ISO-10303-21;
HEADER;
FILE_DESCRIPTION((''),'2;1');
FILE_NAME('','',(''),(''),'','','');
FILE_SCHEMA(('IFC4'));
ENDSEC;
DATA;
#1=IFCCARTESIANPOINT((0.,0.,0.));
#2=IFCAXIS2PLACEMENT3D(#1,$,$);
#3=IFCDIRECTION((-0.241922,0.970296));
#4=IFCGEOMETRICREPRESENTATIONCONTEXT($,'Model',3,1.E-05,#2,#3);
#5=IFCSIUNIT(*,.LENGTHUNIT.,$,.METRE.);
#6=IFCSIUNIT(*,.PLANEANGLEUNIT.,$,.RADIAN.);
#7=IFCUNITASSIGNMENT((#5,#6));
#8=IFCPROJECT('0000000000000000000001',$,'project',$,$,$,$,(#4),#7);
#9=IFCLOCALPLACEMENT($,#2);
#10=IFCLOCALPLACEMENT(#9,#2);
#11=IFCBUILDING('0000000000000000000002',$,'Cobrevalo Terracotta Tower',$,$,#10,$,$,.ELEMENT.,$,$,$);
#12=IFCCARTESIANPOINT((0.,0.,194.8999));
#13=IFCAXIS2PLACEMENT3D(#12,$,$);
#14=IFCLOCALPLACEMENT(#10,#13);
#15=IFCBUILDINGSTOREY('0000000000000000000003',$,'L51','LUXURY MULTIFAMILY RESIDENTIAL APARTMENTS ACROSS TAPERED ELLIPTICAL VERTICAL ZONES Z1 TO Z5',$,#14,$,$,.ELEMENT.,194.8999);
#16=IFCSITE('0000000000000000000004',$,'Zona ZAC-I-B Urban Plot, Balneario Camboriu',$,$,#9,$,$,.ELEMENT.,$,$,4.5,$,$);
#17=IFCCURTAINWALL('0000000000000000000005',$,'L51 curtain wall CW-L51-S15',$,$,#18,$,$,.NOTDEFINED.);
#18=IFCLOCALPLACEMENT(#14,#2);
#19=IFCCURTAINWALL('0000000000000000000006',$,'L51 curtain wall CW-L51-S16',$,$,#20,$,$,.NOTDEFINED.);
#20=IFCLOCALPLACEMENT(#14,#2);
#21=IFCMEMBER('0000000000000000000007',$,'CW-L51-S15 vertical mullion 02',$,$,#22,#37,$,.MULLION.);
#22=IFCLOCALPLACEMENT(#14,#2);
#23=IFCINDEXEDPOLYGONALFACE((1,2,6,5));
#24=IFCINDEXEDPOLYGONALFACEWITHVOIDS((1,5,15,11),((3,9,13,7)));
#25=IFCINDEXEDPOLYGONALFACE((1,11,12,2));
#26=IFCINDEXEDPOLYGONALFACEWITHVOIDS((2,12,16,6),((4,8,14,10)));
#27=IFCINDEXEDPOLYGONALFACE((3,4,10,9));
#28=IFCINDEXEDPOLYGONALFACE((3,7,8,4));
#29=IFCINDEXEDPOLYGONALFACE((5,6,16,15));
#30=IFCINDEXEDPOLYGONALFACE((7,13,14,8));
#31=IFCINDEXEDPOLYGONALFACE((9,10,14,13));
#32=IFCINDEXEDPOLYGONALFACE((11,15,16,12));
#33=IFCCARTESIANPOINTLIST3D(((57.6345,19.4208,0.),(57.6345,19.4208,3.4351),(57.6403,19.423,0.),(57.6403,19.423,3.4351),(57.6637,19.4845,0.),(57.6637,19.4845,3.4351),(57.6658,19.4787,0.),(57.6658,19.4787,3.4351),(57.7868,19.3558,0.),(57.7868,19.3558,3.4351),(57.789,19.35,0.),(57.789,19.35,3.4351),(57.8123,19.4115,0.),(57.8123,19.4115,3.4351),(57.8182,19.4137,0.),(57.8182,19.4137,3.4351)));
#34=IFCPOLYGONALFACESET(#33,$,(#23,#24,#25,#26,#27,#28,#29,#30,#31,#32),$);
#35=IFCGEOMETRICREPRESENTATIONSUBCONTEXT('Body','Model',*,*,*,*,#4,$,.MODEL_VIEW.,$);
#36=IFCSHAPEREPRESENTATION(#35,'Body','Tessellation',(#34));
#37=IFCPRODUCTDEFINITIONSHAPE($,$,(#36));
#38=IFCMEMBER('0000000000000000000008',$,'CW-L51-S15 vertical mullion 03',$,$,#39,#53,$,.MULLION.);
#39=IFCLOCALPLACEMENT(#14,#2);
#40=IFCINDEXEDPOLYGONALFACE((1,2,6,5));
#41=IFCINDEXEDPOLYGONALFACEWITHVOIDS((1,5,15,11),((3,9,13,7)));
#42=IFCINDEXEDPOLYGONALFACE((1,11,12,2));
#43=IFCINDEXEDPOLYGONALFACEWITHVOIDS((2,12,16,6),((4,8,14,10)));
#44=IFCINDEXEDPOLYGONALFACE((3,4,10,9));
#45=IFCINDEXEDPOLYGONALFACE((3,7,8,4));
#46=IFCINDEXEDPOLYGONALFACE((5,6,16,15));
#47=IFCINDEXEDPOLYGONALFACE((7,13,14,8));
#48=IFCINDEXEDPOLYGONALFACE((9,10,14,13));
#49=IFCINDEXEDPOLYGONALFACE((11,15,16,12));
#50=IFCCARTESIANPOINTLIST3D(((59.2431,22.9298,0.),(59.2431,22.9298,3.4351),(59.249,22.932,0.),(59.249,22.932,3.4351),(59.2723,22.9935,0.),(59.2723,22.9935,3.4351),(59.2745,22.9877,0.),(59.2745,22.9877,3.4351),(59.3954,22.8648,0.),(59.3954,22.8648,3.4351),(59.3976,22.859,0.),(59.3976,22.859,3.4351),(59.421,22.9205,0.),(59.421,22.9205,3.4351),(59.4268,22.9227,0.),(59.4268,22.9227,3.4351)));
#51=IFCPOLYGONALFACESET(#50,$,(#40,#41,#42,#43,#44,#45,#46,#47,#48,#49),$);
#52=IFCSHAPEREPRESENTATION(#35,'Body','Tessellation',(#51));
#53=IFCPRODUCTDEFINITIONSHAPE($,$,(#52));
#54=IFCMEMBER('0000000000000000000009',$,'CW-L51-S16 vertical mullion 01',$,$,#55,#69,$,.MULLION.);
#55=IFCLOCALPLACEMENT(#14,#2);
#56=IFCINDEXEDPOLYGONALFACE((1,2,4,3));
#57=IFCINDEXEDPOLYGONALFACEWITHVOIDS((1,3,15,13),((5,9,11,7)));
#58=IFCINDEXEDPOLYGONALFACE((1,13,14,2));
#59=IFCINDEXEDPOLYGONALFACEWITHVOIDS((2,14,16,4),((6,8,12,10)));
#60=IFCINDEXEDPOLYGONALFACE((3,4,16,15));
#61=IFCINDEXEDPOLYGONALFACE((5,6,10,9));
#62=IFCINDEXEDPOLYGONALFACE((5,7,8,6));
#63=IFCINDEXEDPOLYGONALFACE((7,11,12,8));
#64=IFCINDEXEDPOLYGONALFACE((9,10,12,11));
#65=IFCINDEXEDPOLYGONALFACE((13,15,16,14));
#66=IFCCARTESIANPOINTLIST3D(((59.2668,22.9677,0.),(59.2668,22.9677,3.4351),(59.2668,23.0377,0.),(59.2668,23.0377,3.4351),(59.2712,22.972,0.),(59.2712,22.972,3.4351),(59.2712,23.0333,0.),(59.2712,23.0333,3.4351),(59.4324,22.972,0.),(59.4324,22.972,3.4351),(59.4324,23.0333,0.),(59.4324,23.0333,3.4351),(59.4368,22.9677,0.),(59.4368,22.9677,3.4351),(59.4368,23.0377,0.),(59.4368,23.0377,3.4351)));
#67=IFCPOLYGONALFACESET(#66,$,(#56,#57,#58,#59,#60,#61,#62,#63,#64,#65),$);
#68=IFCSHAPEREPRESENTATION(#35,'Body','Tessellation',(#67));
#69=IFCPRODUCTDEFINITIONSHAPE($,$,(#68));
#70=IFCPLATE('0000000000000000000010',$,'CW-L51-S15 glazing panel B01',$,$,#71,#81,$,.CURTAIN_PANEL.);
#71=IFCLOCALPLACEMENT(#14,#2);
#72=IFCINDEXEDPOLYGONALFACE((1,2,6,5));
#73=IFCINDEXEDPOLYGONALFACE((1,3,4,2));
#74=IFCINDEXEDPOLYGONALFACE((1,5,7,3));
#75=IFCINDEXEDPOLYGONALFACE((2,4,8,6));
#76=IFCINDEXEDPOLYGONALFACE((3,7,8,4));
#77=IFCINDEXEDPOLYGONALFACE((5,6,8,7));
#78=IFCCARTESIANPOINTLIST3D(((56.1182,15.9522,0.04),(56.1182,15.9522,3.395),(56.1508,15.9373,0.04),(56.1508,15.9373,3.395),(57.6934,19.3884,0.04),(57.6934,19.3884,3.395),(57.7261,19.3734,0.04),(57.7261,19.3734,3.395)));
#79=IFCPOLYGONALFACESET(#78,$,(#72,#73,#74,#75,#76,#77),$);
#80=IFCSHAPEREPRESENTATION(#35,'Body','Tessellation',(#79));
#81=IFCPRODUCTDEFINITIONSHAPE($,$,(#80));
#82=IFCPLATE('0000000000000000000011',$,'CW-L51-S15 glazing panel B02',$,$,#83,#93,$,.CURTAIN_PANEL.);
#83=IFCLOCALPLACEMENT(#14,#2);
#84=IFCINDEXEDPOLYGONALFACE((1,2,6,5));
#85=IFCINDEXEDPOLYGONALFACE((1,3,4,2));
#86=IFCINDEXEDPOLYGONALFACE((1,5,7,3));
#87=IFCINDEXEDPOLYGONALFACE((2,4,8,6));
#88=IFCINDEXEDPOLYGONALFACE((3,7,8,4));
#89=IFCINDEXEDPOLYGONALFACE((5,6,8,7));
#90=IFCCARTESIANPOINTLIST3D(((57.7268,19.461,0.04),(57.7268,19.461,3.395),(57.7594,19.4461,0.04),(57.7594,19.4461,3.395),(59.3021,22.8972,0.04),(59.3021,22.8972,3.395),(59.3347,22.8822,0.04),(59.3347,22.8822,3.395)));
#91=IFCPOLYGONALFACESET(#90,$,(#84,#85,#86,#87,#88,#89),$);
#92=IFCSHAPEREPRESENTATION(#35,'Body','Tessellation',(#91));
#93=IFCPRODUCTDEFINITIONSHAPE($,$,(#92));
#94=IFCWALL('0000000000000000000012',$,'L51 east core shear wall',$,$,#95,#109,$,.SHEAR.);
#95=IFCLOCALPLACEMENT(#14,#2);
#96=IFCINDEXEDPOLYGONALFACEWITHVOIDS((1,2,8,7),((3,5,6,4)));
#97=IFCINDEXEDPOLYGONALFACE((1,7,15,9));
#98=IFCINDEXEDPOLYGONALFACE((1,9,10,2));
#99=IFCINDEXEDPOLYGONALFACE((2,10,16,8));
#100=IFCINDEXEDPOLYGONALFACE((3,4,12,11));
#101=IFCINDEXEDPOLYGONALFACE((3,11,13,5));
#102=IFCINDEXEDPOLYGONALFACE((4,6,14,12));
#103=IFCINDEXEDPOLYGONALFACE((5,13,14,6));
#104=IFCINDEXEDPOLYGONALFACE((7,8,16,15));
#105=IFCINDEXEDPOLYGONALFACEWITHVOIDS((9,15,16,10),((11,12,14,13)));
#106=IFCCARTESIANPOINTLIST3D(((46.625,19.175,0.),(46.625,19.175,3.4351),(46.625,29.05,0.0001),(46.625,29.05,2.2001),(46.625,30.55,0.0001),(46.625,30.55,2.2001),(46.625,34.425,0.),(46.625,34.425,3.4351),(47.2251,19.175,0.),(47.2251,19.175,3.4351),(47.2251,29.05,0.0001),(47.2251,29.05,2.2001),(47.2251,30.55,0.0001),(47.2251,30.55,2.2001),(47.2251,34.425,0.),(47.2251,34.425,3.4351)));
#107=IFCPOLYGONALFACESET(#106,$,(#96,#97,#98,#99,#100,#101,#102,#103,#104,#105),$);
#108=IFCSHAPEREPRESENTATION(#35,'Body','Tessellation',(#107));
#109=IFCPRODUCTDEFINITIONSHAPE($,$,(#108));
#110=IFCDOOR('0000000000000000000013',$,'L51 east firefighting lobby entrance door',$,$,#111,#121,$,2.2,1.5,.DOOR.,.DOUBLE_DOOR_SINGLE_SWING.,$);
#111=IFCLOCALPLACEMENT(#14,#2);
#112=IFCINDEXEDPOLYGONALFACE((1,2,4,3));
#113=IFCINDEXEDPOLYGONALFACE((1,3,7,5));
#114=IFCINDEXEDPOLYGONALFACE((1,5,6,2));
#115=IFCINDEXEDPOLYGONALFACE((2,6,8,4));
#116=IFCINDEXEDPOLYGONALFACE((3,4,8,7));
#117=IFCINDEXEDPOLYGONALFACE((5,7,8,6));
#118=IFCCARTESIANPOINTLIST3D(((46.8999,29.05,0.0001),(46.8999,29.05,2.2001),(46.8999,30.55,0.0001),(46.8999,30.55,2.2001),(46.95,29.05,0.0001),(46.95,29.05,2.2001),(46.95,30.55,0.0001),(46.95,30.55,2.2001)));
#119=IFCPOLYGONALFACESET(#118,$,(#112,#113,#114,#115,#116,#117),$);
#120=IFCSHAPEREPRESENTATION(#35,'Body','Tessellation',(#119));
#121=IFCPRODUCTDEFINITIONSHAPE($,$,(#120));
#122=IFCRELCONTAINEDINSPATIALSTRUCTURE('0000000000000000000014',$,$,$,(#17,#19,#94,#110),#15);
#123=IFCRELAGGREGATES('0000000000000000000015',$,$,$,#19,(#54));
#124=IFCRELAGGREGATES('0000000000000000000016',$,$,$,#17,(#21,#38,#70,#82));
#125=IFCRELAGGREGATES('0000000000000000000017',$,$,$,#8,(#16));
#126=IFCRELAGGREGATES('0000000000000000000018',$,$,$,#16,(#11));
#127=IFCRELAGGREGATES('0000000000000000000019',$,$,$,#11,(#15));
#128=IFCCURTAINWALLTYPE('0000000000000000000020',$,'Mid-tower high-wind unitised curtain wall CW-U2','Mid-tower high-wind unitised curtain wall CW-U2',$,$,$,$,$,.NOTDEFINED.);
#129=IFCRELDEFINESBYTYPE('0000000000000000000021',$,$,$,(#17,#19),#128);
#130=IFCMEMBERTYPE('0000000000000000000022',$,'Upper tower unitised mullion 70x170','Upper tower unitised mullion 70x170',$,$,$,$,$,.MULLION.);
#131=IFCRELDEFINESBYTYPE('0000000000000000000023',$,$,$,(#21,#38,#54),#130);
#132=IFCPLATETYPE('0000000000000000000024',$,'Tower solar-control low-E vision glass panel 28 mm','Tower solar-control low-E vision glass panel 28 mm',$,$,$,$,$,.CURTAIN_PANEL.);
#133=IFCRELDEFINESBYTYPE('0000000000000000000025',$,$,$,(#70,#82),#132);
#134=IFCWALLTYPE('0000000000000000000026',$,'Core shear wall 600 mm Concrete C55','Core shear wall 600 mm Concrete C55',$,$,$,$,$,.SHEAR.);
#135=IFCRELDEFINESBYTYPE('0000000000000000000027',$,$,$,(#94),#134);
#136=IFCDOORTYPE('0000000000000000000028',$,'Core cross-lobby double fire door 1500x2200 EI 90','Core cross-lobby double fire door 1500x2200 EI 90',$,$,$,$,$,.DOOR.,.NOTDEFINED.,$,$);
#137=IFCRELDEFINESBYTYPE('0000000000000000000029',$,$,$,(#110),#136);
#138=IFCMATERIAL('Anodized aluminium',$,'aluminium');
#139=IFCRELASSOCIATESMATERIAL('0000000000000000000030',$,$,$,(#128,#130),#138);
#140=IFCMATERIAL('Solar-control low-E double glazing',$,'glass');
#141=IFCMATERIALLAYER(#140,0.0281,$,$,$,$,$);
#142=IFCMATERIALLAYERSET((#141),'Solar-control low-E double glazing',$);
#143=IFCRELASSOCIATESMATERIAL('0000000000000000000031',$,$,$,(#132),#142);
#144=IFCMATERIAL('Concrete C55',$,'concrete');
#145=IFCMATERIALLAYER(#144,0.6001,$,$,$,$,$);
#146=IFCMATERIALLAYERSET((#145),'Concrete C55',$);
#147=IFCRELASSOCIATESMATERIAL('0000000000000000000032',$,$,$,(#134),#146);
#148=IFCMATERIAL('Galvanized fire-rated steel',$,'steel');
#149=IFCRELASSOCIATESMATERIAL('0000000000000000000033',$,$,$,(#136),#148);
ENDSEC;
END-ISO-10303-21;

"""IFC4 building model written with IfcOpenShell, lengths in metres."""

from ifc_helpers import new_model, si_unit, direction, frame, frame_2d, origin, origin_2d, place, context, subcontext, project, spatial, rectangle, hollow_rectangle, extrude, source, transform, mapped, material, layer, layer_set, material_profile, profile_set, type_object, element, fill, aggregate, save


model = new_model("IFC4")

# Units and contexts
model_context = context("Model", 3, precision=1e-05, world=origin(), true_north=direction((-0.241922, 0.970296)))
body_context = subcontext(model_context, "Body", "Model", "MODEL_VIEW")
ifc_project = project(units=[si_unit("LENGTHUNIT", "METRE"), si_unit("PLANEANGLEUNIT", "RADIAN")], contexts=[model_context])

# Site, building, storey
site_placement = place(None, origin())
site = spatial("IfcSite", under=ifc_project, at=site_placement, Name="Zona ZAC-I-B Urban Plot, Balneario Camboriu", CompositionType="ELEMENT", RefElevation=4.5)
building_placement = place(site_placement, origin())
building = spatial("IfcBuilding", under=site, at=building_placement, Name="Cobrevalo Terracotta Tower", CompositionType="ELEMENT")
storey_placement = place(building_placement, frame((0.0, 0.0, 194.8999)))
storey = spatial("IfcBuildingStorey", under=building, at=storey_placement, Name="L51", Description="LUXURY MULTIFAMILY RESIDENTIAL APARTMENTS ACROSS TAPERED ELLIPTICAL VERTICAL ZONES Z1 TO Z5", CompositionType="ELEMENT", Elevation=194.8999)

# Shared definitions
ifc_material_1 = material(Name="Concrete C55", Category="concrete")

# Curtain walls
ifc_material_2 = material(Name="Anodized aluminium", Category="aluminium")
curtain_wall_type = type_object("IfcCurtainWallType", Name="Mid-tower high-wind unitised curtain wall CW-U2", Description="Mid-tower high-wind unitised curtain wall CW-U2", PredefinedType="NOTDEFINED", material=ifc_material_2)
curtain_wall_1_placement = place(storey_placement, origin())
curtain_wall_1 = element("IfcCurtainWall", 1, at=curtain_wall_1_placement, inside=storey, type_object=curtain_wall_type, Name="L51 curtain wall CW-L51-S15", PredefinedType="NOTDEFINED")
curtain_wall_2_placement = place(storey_placement, origin())
curtain_wall_2 = element("IfcCurtainWall", 2, at=curtain_wall_2_placement, inside=storey, type_object=curtain_wall_type, Name="L51 curtain wall CW-L51-S16", PredefinedType="NOTDEFINED")

# Members
ifc_material_profile_1 = material_profile(ifc_material_2, hollow_rectangle(XDim=0.0701, YDim=0.1699, WallThickness=0.0044, at=origin_2d()), Name="CWM 70x170")
ifc_profile_set_1 = profile_set([ifc_material_profile_1], Name="Anodized aluminium")
member_type_1 = type_object("IfcMemberType", Name="Upper tower unitised mullion 70x170", Description="Upper tower unitised mullion 70x170", PredefinedType="MULLION", material=ifc_profile_set_1)
shared_shape_1 = source(origin(), body_context, "Body", "SweptSolid", [
    extrude(hollow_rectangle(XDim=0.0701, YDim=0.1699, WallThickness=0.0044, at=origin_2d()), origin(), (0.0, 0.0, 1.0), 3.4351),
])
member_1_placement = place(storey_placement, frame((57.7263, 19.4172, 0.0), z_axis=(0.0, 0.0, 1.0), x_axis=(0.416725, 0.909033, 0.0)))
member_1 = element("IfcMember", 3, at=member_1_placement, type_object=member_type_1, Name="CW-L51-S15 vertical mullion 02", PredefinedType="MULLION", context=body_context, shape_type="MappedRepresentation", body=[
    mapped(shared_shape_1, transform((0.0, 0.0, 0.0), scale=1.0)),
])
member_2_placement = place(storey_placement, frame((59.335, 22.9263, 0.0), z_axis=(0.0, 0.0, 1.0), x_axis=(0.416725, 0.909033, 0.0)))
member_2 = element("IfcMember", 4, at=member_2_placement, type_object=member_type_1, Name="CW-L51-S15 vertical mullion 03", PredefinedType="MULLION", context=body_context, shape_type="MappedRepresentation", body=[
    mapped(shared_shape_1, transform((0.0, 0.0, 0.0), scale=1.0)),
])
member_3_placement = place(storey_placement, frame((59.3518, 23.0027, 0.0), z_axis=(0.0, 0.0, 1.0), x_axis=(0.0, 1.0, 0.0)))
member_3 = element("IfcMember", 5, at=member_3_placement, type_object=member_type_1, Name="CW-L51-S16 vertical mullion 01", PredefinedType="MULLION", context=body_context, shape_type="MappedRepresentation", body=[
    mapped(shared_shape_1, transform((0.0, 0.0, 0.0), scale=1.0)),
])
aggregate(curtain_wall_2, [member_3])

# Plates
ifc_material_3 = material(Name="Solar-control low-E double glazing", Category="glass")
ifc_layer_1 = layer(ifc_material_3, 0.0281)
ifc_layer_set_1 = layer_set([ifc_layer_1], Name="Solar-control low-E double glazing")
plate_type = type_object("IfcPlateType", Name="Tower solar-control low-E vision glass panel 28 mm", Description="Tower solar-control low-E vision glass panel 28 mm", PredefinedType="CURTAIN_PANEL", material=ifc_layer_set_1)
shared_shape_2 = source(origin(), body_context, "Body", "SweptSolid", [
    extrude(rectangle(XDim=3.78, YDim=0.0359, at=origin_2d()), origin(), (0.0, 0.0, 1.0), 3.355),
])
plate_1_placement = place(storey_placement, frame((56.9221, 17.6628, 0.04), z_axis=(0.0, 0.0, 1.0), x_axis=(0.416731, 0.90903, 0.0)))
plate_1 = element("IfcPlate", 6, at=plate_1_placement, type_object=plate_type, Name="CW-L51-S15 glazing panel B01", PredefinedType="CURTAIN_PANEL", context=body_context, shape_type="MappedRepresentation", body=[
    mapped(shared_shape_2, transform((0.0, 0.0, 0.0), scale=1.0)),
])
plate_2_placement = place(storey_placement, frame((58.5308, 21.1716, 0.04), z_axis=(0.0, 0.0, 1.0), x_axis=(0.416731, 0.90903, 0.0)))
plate_2 = element("IfcPlate", 7, at=plate_2_placement, type_object=plate_type, Name="CW-L51-S15 glazing panel B02", PredefinedType="CURTAIN_PANEL", context=body_context, shape_type="MappedRepresentation", body=[
    mapped(shared_shape_2, transform((0.0, 0.0, 0.0), scale=1.0)),
])
aggregate(curtain_wall_1, [member_1, member_2, plate_1, plate_2])

# Wall, opening, door
ifc_layer_2 = layer(ifc_material_1, 0.6001)
ifc_layer_set_2 = layer_set([ifc_layer_2], Name="Concrete C55")
wall_type_1 = type_object("IfcWallType", Name="Core shear wall 600 mm Concrete C55", Description="Core shear wall 600 mm Concrete C55", PredefinedType="SHEAR", material=ifc_layer_set_2)
wall_1_placement = place(storey_placement, frame((46.925, 19.175, 0.0), z_axis=(0.0, 0.0, 1.0), x_axis=(0.0, 1.0, 0.0)))
wall_1 = element("IfcWall", 8, at=wall_1_placement, inside=storey, type_object=wall_type_1, Name="L51 east core shear wall", PredefinedType="SHEAR", context=body_context, shape_type="SweptSolid", body=[
    extrude(rectangle(XDim=15.25, YDim=0.6001, at=frame_2d((7.625, 0.0))), origin(), (0.0, 0.0, 1.0), 3.4351),
])
opening_1_placement = place(wall_1_placement, frame((9.875, 0.0, 0.0)))
opening_1 = element("IfcOpeningElement", 9, at=opening_1_placement, cuts=wall_1, PredefinedType="OPENING", context=body_context, shape_type="SweptSolid", body=[
    extrude(rectangle(XDim=1.5, YDim=2.2, at=frame_2d((0.75, 1.1001))), frame((0.0, 0.3101, 0.0), z_axis=(0.0, -1.0, 0.0), x_axis=(1.0, 0.0, 0.0)), (0.0, 0.0, 1.0), 0.6201),
])
ifc_material_4 = material(Name="Galvanized fire-rated steel", Category="steel")
door_type_1 = type_object("IfcDoorType", Name="Core cross-lobby double fire door 1500x2200 EI 90", Description="Core cross-lobby double fire door 1500x2200 EI 90", OperationType="NOTDEFINED", PredefinedType="DOOR", material=ifc_material_4)
shared_shape_3 = source(origin(), body_context, "Body", "SweptSolid", [
    extrude(rectangle(XDim=1.5, YDim=2.2, at=frame_2d((0.75, 1.1001))), frame((0.0, 0.0249, 0.0), z_axis=(0.0, -1.0, 0.0), x_axis=(1.0, 0.0, 0.0)), (0.0, 0.0, 1.0), 0.05),
])
door_1_placement = place(opening_1_placement, frame((1.5, 0.0, 0.0), z_axis=(0.0, 0.0, 1.0), x_axis=(-1.0, 0.0, 0.0)))
door_1 = element("IfcDoor", 10, at=door_1_placement, inside=storey, type_object=door_type_1, Name="L51 east firefighting lobby entrance door", OperationType="DOUBLE_DOOR_SINGLE_SWING", OverallHeight=2.2, OverallWidth=1.5, PredefinedType="DOOR", context=body_context, shape_type="MappedRepresentation", body=[
    mapped(shared_shape_3, transform((0.0, 0.0, 0.0), scale=1.0)),
])
fill(opening_1, door_1)

save(model, "model.ifc")
